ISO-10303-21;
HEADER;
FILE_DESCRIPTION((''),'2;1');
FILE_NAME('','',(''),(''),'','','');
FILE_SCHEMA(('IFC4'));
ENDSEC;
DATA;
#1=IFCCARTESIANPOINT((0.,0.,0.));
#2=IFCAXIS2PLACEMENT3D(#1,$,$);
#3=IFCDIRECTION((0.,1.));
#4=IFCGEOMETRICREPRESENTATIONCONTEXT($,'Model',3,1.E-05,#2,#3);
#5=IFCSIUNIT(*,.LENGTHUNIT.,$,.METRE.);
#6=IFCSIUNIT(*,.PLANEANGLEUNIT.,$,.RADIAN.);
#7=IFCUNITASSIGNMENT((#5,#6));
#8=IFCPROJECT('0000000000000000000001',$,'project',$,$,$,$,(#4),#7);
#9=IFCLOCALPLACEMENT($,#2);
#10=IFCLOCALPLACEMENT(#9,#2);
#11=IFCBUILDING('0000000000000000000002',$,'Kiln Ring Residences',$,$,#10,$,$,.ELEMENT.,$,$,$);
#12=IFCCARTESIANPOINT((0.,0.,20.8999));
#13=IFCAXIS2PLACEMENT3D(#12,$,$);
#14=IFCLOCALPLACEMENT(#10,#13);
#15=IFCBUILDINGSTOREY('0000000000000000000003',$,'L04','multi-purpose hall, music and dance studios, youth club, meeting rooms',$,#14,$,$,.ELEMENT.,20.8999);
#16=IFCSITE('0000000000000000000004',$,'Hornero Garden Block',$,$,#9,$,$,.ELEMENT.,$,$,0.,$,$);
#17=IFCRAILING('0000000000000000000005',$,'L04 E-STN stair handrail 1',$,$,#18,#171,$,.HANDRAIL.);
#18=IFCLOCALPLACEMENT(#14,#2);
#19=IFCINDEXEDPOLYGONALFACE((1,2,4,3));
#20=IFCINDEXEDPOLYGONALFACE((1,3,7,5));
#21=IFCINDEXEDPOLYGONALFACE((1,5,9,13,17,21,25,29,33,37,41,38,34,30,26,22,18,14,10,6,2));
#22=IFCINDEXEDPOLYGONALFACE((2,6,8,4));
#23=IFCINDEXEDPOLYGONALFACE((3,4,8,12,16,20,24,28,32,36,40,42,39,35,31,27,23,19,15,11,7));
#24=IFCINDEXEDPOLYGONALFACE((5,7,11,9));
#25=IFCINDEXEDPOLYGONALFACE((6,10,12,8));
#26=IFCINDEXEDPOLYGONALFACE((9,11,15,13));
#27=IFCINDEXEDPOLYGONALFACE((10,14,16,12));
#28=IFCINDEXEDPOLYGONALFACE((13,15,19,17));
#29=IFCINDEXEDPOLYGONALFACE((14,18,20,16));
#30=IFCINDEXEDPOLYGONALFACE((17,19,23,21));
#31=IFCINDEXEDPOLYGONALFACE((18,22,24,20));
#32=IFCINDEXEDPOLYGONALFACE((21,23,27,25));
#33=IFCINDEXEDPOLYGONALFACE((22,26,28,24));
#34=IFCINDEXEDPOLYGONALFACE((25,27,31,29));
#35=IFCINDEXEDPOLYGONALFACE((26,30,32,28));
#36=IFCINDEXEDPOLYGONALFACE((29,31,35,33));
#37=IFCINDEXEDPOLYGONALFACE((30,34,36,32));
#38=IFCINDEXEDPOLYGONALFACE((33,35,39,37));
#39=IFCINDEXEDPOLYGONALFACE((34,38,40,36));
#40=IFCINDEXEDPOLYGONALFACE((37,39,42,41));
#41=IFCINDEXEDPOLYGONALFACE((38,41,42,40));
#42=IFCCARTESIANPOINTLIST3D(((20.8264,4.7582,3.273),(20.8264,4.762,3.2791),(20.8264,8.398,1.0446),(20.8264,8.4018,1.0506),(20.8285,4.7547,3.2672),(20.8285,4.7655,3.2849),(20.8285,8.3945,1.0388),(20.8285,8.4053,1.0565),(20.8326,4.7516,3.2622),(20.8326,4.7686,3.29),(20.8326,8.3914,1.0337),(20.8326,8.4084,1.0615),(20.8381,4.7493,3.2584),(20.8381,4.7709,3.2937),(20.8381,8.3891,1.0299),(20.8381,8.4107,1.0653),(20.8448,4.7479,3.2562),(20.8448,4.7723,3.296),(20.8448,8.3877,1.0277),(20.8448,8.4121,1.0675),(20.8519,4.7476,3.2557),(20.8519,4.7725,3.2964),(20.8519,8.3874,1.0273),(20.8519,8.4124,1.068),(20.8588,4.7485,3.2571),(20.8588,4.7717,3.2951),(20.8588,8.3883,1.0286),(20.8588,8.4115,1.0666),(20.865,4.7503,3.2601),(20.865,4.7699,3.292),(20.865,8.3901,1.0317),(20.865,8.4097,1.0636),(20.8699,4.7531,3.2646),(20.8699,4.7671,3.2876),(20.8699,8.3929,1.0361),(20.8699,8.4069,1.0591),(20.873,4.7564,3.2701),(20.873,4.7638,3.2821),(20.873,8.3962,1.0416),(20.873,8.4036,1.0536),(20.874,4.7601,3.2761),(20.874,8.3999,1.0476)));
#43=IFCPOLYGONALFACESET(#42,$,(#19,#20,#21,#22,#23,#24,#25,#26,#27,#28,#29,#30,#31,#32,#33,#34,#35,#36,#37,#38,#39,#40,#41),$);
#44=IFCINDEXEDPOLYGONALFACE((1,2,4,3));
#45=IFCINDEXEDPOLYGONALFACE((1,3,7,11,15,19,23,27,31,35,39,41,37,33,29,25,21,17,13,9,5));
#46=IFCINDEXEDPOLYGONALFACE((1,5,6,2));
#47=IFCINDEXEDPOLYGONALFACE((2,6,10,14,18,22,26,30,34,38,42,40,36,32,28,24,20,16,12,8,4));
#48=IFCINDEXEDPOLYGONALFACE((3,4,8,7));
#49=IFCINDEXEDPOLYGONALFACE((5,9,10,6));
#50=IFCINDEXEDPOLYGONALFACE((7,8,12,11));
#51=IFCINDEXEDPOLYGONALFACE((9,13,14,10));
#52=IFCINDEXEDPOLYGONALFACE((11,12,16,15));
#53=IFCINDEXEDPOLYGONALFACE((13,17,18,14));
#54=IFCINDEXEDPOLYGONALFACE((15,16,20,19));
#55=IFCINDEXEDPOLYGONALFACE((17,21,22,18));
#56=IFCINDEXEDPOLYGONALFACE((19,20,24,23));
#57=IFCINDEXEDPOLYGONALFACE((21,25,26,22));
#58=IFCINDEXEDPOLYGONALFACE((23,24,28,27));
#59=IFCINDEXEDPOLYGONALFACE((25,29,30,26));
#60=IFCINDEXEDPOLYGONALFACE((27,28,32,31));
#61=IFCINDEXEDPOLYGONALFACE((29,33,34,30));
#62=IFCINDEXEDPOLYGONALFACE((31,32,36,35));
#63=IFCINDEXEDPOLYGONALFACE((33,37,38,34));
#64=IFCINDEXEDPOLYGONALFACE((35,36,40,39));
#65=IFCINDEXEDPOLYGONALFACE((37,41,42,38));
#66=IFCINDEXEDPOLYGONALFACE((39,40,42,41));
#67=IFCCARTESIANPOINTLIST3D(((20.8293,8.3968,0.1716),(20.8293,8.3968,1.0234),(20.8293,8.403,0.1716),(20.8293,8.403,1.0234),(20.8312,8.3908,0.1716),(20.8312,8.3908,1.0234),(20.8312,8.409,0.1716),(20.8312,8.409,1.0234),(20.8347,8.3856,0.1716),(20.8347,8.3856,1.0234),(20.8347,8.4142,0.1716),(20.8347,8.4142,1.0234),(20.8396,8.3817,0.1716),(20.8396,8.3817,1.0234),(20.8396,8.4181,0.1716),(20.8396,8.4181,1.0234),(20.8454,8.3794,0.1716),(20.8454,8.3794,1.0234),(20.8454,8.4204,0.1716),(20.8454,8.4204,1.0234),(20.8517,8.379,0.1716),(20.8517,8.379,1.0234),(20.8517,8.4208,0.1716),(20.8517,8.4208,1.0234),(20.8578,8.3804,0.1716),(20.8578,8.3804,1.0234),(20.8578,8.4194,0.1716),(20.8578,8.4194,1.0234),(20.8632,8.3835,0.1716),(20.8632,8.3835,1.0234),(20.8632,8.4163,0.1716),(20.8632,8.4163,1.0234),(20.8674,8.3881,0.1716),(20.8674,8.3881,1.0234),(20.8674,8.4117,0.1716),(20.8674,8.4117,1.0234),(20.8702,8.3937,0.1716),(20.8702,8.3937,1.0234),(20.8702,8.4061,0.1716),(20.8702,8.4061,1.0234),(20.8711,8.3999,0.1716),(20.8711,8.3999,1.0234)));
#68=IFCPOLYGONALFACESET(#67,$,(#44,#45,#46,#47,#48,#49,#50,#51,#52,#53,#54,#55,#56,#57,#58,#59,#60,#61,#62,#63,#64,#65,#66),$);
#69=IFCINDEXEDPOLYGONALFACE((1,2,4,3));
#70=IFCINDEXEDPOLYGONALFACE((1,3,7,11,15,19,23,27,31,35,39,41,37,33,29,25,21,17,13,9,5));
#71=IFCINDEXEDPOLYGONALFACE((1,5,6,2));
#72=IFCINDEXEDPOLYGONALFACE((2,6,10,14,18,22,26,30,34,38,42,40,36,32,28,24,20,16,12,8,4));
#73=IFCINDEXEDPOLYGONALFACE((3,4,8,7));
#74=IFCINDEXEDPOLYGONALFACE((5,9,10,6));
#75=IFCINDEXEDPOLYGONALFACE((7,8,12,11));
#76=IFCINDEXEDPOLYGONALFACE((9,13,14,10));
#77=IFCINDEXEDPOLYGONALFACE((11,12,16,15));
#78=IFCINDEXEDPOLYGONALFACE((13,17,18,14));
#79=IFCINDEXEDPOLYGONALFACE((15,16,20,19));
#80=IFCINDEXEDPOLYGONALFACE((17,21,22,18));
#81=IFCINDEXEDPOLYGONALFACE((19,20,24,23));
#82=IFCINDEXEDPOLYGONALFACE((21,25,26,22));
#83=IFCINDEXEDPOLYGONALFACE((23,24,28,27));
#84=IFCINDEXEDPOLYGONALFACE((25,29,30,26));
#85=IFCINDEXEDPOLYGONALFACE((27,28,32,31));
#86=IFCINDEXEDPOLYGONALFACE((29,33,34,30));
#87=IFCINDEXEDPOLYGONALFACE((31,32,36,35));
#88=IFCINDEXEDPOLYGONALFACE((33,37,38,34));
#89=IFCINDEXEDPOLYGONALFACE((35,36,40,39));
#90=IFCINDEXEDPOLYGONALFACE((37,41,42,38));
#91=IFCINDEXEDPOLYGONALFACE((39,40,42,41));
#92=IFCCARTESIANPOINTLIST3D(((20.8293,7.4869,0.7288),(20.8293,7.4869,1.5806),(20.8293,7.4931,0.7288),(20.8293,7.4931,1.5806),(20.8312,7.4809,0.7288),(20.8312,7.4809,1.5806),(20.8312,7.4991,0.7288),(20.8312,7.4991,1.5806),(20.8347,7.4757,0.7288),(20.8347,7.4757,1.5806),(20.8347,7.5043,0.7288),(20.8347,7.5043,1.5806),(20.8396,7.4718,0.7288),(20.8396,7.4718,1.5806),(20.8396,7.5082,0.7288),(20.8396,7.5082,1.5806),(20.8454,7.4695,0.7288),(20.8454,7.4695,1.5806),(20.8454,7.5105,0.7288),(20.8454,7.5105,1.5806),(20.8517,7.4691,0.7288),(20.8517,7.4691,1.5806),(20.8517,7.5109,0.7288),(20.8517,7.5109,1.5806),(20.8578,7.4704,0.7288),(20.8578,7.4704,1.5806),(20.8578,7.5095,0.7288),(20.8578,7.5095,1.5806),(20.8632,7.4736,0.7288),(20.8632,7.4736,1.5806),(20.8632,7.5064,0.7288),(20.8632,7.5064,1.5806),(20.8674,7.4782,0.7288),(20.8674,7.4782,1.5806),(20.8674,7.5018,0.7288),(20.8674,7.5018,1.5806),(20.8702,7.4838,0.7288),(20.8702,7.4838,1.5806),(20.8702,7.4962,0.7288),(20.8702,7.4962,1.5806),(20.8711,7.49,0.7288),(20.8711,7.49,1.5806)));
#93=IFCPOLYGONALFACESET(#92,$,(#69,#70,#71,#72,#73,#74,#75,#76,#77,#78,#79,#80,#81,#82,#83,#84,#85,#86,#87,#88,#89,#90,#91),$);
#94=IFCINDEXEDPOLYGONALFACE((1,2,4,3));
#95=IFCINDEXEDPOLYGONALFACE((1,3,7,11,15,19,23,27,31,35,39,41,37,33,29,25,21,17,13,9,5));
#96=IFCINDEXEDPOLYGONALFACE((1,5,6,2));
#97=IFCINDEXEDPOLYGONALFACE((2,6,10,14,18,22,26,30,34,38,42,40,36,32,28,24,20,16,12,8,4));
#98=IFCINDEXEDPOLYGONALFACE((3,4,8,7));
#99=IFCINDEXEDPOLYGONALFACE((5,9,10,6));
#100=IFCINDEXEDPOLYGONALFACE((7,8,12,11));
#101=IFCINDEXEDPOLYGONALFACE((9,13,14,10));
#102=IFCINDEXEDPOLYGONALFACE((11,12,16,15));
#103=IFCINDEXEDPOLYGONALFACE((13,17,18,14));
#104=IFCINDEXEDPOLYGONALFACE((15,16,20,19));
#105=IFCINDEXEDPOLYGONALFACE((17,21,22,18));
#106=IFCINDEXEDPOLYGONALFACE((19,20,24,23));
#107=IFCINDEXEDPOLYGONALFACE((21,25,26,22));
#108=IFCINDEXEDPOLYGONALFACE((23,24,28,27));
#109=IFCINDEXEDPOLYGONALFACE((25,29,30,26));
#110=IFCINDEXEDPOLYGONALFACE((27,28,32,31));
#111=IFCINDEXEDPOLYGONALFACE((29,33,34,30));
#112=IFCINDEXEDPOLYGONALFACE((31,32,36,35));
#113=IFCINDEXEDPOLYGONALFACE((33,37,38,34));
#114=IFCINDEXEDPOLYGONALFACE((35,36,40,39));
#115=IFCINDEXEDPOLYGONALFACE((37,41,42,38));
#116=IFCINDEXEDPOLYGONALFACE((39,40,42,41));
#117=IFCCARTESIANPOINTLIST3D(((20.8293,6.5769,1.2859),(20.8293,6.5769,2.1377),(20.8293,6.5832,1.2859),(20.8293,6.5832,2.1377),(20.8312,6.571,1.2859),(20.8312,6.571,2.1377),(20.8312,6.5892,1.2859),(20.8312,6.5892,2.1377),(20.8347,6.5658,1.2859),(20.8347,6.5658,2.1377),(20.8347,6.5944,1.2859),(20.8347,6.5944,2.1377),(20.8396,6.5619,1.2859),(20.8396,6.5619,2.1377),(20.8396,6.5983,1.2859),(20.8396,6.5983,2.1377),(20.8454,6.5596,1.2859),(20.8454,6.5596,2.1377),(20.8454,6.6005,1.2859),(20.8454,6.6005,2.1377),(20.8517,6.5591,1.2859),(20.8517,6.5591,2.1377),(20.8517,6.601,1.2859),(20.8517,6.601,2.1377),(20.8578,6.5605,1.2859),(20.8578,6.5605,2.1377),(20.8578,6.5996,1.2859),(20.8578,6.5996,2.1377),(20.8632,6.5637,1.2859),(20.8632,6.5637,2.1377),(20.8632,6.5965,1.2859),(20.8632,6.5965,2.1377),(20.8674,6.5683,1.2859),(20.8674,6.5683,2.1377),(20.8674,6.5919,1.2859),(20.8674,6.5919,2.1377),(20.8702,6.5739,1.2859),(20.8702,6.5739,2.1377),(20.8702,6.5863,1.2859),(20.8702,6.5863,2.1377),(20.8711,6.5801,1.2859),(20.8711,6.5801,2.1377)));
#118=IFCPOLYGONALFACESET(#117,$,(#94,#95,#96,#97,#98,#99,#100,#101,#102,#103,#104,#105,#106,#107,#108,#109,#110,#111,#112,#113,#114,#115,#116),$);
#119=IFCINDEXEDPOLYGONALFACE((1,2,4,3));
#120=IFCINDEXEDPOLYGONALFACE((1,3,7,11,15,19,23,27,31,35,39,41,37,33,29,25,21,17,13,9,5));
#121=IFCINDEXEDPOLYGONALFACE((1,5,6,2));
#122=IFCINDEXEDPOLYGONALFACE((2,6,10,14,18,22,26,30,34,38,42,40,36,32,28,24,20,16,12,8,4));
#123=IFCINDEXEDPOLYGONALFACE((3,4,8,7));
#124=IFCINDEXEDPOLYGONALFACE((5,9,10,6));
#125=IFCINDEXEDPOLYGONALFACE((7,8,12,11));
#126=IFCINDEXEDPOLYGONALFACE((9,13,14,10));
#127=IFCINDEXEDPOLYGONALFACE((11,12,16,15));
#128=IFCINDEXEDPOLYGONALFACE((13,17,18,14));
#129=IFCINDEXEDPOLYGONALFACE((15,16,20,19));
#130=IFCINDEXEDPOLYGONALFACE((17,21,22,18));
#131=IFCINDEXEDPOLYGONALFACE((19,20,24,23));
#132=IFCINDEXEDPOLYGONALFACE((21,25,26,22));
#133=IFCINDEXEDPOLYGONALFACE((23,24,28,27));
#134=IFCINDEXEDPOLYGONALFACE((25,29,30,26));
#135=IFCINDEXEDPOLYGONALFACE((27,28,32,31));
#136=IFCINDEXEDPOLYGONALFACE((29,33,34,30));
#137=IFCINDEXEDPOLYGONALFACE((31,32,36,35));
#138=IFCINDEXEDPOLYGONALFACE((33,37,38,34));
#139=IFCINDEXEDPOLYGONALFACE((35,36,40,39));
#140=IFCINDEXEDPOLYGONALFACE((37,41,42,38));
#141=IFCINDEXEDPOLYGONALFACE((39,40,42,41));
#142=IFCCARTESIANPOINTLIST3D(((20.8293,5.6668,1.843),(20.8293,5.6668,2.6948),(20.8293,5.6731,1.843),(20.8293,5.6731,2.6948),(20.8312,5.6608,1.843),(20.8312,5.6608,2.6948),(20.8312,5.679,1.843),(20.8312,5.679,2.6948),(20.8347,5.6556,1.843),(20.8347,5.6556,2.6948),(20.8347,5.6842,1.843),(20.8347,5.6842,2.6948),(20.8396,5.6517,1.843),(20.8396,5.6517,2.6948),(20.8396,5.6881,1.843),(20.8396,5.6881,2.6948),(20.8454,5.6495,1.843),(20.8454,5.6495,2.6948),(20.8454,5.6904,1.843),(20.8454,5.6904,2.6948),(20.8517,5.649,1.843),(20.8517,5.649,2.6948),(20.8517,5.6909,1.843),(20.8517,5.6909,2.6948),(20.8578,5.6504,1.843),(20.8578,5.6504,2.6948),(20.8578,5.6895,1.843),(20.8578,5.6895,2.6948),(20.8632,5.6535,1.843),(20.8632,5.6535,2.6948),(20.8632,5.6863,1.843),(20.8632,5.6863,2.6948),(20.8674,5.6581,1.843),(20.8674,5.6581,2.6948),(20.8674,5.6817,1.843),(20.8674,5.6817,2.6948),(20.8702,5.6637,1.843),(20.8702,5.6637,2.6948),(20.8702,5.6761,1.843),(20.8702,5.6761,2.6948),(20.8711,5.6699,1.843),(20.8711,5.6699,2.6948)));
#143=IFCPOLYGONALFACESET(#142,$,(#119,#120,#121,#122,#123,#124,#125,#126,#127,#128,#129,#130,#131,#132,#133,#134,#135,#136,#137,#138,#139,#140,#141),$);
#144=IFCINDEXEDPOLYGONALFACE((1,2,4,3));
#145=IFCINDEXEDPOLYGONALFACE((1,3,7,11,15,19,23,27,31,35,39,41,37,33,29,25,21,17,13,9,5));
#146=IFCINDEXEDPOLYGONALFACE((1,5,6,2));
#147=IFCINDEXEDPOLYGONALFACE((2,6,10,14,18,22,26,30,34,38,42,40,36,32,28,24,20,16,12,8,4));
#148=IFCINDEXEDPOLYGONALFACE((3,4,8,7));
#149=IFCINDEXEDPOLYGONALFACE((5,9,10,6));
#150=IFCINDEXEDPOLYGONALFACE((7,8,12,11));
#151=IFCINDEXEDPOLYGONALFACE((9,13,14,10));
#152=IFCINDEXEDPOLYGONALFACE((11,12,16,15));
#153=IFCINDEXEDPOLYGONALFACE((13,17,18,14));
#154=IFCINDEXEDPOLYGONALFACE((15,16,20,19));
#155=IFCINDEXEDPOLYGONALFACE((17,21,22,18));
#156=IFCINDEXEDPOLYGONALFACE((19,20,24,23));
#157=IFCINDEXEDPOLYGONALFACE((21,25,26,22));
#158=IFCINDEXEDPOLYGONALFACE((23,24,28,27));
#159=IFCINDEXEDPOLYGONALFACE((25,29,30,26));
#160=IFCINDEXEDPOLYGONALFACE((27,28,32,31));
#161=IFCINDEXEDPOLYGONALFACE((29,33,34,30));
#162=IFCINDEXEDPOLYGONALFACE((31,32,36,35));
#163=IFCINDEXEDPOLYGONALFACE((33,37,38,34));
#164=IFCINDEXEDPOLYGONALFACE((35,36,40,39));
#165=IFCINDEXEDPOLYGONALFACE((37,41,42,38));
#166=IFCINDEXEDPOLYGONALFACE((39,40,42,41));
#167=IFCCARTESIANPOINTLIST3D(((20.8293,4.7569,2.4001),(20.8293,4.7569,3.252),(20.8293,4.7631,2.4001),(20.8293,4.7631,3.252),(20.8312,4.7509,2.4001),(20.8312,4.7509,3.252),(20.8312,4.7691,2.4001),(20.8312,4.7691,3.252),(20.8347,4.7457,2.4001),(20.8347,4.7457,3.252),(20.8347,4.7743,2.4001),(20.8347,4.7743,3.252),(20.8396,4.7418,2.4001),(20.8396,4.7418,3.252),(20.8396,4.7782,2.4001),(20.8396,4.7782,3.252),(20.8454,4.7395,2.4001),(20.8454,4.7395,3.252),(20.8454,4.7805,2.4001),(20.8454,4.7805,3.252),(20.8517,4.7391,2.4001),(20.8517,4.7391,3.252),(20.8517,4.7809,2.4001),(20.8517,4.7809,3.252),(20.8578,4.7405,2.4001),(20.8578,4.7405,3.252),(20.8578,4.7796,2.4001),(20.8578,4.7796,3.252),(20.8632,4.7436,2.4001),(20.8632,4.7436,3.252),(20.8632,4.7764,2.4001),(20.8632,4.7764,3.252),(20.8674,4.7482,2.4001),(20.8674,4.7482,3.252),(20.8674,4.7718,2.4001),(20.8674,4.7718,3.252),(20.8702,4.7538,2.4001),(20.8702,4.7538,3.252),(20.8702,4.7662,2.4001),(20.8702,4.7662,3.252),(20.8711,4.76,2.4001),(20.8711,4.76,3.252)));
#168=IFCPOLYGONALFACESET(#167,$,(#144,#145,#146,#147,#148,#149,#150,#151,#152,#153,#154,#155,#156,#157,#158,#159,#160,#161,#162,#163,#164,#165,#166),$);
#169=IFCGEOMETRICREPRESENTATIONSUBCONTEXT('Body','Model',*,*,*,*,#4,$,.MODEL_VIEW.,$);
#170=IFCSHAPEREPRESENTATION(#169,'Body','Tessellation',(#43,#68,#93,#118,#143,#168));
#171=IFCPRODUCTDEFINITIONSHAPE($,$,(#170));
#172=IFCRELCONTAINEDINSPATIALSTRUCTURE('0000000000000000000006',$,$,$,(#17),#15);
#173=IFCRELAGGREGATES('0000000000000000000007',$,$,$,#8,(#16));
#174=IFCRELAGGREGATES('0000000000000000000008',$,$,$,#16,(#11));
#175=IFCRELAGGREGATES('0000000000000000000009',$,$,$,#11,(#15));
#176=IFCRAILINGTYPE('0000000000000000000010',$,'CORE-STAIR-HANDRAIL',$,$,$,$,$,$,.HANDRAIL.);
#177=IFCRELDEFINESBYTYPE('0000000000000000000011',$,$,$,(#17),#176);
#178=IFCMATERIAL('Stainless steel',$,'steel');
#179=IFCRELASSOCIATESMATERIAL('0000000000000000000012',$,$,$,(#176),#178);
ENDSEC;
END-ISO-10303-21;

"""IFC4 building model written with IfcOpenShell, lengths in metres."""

from ifc_helpers import new_model, si_unit, direction, frame, origin, origin_2d, place, context, subcontext, project, spatial, circle, extrude, material, type_object, element, save


model = new_model("IFC4")

# Units and contexts
model_context = context("Model", 3, precision=1e-05, world=origin(), true_north=direction((0.0, 1.0)))
body_context = subcontext(model_context, "Body", "Model", "MODEL_VIEW")
ifc_project = project(units=[si_unit("LENGTHUNIT", "METRE"), si_unit("PLANEANGLEUNIT", "RADIAN")], contexts=[model_context])

# Site, building, storey
site_placement = place(None, origin())
site = spatial("IfcSite", under=ifc_project, at=site_placement, Name="Hornero Garden Block", CompositionType="ELEMENT", RefElevation=0.0)
building_placement = place(site_placement, origin())
building = spatial("IfcBuilding", under=site, at=building_placement, Name="Kiln Ring Residences", CompositionType="ELEMENT")
storey_placement = place(building_placement, frame((0.0, 0.0, 20.8999)))
storey = spatial("IfcBuildingStorey", under=building, at=storey_placement, Name="L04", Description="multi-purpose hall, music and dance studios, youth club, meeting rooms", CompositionType="ELEMENT", Elevation=20.8999)

# Railing
ifc_material_1 = material(Name="Stainless steel", Category="steel")
railing_type_1 = type_object("IfcRailingType", Name="CORE-STAIR-HANDRAIL", PredefinedType="HANDRAIL", material=ifc_material_1)
railing_1_placement = place(storey_placement, frame((20.8501, 8.3999, 0.1716)))
element("IfcRailing", 1, at=railing_1_placement, inside=storey, type_object=railing_type_1, Name="L04 E-STN stair handrail 1", PredefinedType="HANDRAIL", context=body_context, shape_type="SweptSolid", body=[
    extrude(circle(Radius=0.0239, at=origin_2d()), frame((0.0, 0.0, 0.876), z_axis=(0.0, -0.85285, 0.522156), x_axis=(1.0, 0.0, 0.0)), (0.0, 0.0, 1.0), 4.2678),
    extrude(circle(Radius=0.021, at=origin_2d()), origin(), (0.0, 0.0, 1.0), 0.8518),
    extrude(circle(Radius=0.021, at=origin_2d()), frame((0.0, -0.9099, 0.5571)), (0.0, 0.0, 1.0), 0.8518),
    extrude(circle(Radius=0.021, at=origin_2d()), frame((0.0, -1.8198, 1.1143)), (0.0, 0.0, 1.0), 0.8518),
    extrude(circle(Radius=0.021, at=origin_2d()), frame((0.0, -2.73, 1.6714)), (0.0, 0.0, 1.0), 0.8518),
    extrude(circle(Radius=0.021, at=origin_2d()), frame((0.0, -3.6399, 2.2285)), (0.0, 0.0, 1.0), 0.8518),
])

save(model, "model.ifc")
